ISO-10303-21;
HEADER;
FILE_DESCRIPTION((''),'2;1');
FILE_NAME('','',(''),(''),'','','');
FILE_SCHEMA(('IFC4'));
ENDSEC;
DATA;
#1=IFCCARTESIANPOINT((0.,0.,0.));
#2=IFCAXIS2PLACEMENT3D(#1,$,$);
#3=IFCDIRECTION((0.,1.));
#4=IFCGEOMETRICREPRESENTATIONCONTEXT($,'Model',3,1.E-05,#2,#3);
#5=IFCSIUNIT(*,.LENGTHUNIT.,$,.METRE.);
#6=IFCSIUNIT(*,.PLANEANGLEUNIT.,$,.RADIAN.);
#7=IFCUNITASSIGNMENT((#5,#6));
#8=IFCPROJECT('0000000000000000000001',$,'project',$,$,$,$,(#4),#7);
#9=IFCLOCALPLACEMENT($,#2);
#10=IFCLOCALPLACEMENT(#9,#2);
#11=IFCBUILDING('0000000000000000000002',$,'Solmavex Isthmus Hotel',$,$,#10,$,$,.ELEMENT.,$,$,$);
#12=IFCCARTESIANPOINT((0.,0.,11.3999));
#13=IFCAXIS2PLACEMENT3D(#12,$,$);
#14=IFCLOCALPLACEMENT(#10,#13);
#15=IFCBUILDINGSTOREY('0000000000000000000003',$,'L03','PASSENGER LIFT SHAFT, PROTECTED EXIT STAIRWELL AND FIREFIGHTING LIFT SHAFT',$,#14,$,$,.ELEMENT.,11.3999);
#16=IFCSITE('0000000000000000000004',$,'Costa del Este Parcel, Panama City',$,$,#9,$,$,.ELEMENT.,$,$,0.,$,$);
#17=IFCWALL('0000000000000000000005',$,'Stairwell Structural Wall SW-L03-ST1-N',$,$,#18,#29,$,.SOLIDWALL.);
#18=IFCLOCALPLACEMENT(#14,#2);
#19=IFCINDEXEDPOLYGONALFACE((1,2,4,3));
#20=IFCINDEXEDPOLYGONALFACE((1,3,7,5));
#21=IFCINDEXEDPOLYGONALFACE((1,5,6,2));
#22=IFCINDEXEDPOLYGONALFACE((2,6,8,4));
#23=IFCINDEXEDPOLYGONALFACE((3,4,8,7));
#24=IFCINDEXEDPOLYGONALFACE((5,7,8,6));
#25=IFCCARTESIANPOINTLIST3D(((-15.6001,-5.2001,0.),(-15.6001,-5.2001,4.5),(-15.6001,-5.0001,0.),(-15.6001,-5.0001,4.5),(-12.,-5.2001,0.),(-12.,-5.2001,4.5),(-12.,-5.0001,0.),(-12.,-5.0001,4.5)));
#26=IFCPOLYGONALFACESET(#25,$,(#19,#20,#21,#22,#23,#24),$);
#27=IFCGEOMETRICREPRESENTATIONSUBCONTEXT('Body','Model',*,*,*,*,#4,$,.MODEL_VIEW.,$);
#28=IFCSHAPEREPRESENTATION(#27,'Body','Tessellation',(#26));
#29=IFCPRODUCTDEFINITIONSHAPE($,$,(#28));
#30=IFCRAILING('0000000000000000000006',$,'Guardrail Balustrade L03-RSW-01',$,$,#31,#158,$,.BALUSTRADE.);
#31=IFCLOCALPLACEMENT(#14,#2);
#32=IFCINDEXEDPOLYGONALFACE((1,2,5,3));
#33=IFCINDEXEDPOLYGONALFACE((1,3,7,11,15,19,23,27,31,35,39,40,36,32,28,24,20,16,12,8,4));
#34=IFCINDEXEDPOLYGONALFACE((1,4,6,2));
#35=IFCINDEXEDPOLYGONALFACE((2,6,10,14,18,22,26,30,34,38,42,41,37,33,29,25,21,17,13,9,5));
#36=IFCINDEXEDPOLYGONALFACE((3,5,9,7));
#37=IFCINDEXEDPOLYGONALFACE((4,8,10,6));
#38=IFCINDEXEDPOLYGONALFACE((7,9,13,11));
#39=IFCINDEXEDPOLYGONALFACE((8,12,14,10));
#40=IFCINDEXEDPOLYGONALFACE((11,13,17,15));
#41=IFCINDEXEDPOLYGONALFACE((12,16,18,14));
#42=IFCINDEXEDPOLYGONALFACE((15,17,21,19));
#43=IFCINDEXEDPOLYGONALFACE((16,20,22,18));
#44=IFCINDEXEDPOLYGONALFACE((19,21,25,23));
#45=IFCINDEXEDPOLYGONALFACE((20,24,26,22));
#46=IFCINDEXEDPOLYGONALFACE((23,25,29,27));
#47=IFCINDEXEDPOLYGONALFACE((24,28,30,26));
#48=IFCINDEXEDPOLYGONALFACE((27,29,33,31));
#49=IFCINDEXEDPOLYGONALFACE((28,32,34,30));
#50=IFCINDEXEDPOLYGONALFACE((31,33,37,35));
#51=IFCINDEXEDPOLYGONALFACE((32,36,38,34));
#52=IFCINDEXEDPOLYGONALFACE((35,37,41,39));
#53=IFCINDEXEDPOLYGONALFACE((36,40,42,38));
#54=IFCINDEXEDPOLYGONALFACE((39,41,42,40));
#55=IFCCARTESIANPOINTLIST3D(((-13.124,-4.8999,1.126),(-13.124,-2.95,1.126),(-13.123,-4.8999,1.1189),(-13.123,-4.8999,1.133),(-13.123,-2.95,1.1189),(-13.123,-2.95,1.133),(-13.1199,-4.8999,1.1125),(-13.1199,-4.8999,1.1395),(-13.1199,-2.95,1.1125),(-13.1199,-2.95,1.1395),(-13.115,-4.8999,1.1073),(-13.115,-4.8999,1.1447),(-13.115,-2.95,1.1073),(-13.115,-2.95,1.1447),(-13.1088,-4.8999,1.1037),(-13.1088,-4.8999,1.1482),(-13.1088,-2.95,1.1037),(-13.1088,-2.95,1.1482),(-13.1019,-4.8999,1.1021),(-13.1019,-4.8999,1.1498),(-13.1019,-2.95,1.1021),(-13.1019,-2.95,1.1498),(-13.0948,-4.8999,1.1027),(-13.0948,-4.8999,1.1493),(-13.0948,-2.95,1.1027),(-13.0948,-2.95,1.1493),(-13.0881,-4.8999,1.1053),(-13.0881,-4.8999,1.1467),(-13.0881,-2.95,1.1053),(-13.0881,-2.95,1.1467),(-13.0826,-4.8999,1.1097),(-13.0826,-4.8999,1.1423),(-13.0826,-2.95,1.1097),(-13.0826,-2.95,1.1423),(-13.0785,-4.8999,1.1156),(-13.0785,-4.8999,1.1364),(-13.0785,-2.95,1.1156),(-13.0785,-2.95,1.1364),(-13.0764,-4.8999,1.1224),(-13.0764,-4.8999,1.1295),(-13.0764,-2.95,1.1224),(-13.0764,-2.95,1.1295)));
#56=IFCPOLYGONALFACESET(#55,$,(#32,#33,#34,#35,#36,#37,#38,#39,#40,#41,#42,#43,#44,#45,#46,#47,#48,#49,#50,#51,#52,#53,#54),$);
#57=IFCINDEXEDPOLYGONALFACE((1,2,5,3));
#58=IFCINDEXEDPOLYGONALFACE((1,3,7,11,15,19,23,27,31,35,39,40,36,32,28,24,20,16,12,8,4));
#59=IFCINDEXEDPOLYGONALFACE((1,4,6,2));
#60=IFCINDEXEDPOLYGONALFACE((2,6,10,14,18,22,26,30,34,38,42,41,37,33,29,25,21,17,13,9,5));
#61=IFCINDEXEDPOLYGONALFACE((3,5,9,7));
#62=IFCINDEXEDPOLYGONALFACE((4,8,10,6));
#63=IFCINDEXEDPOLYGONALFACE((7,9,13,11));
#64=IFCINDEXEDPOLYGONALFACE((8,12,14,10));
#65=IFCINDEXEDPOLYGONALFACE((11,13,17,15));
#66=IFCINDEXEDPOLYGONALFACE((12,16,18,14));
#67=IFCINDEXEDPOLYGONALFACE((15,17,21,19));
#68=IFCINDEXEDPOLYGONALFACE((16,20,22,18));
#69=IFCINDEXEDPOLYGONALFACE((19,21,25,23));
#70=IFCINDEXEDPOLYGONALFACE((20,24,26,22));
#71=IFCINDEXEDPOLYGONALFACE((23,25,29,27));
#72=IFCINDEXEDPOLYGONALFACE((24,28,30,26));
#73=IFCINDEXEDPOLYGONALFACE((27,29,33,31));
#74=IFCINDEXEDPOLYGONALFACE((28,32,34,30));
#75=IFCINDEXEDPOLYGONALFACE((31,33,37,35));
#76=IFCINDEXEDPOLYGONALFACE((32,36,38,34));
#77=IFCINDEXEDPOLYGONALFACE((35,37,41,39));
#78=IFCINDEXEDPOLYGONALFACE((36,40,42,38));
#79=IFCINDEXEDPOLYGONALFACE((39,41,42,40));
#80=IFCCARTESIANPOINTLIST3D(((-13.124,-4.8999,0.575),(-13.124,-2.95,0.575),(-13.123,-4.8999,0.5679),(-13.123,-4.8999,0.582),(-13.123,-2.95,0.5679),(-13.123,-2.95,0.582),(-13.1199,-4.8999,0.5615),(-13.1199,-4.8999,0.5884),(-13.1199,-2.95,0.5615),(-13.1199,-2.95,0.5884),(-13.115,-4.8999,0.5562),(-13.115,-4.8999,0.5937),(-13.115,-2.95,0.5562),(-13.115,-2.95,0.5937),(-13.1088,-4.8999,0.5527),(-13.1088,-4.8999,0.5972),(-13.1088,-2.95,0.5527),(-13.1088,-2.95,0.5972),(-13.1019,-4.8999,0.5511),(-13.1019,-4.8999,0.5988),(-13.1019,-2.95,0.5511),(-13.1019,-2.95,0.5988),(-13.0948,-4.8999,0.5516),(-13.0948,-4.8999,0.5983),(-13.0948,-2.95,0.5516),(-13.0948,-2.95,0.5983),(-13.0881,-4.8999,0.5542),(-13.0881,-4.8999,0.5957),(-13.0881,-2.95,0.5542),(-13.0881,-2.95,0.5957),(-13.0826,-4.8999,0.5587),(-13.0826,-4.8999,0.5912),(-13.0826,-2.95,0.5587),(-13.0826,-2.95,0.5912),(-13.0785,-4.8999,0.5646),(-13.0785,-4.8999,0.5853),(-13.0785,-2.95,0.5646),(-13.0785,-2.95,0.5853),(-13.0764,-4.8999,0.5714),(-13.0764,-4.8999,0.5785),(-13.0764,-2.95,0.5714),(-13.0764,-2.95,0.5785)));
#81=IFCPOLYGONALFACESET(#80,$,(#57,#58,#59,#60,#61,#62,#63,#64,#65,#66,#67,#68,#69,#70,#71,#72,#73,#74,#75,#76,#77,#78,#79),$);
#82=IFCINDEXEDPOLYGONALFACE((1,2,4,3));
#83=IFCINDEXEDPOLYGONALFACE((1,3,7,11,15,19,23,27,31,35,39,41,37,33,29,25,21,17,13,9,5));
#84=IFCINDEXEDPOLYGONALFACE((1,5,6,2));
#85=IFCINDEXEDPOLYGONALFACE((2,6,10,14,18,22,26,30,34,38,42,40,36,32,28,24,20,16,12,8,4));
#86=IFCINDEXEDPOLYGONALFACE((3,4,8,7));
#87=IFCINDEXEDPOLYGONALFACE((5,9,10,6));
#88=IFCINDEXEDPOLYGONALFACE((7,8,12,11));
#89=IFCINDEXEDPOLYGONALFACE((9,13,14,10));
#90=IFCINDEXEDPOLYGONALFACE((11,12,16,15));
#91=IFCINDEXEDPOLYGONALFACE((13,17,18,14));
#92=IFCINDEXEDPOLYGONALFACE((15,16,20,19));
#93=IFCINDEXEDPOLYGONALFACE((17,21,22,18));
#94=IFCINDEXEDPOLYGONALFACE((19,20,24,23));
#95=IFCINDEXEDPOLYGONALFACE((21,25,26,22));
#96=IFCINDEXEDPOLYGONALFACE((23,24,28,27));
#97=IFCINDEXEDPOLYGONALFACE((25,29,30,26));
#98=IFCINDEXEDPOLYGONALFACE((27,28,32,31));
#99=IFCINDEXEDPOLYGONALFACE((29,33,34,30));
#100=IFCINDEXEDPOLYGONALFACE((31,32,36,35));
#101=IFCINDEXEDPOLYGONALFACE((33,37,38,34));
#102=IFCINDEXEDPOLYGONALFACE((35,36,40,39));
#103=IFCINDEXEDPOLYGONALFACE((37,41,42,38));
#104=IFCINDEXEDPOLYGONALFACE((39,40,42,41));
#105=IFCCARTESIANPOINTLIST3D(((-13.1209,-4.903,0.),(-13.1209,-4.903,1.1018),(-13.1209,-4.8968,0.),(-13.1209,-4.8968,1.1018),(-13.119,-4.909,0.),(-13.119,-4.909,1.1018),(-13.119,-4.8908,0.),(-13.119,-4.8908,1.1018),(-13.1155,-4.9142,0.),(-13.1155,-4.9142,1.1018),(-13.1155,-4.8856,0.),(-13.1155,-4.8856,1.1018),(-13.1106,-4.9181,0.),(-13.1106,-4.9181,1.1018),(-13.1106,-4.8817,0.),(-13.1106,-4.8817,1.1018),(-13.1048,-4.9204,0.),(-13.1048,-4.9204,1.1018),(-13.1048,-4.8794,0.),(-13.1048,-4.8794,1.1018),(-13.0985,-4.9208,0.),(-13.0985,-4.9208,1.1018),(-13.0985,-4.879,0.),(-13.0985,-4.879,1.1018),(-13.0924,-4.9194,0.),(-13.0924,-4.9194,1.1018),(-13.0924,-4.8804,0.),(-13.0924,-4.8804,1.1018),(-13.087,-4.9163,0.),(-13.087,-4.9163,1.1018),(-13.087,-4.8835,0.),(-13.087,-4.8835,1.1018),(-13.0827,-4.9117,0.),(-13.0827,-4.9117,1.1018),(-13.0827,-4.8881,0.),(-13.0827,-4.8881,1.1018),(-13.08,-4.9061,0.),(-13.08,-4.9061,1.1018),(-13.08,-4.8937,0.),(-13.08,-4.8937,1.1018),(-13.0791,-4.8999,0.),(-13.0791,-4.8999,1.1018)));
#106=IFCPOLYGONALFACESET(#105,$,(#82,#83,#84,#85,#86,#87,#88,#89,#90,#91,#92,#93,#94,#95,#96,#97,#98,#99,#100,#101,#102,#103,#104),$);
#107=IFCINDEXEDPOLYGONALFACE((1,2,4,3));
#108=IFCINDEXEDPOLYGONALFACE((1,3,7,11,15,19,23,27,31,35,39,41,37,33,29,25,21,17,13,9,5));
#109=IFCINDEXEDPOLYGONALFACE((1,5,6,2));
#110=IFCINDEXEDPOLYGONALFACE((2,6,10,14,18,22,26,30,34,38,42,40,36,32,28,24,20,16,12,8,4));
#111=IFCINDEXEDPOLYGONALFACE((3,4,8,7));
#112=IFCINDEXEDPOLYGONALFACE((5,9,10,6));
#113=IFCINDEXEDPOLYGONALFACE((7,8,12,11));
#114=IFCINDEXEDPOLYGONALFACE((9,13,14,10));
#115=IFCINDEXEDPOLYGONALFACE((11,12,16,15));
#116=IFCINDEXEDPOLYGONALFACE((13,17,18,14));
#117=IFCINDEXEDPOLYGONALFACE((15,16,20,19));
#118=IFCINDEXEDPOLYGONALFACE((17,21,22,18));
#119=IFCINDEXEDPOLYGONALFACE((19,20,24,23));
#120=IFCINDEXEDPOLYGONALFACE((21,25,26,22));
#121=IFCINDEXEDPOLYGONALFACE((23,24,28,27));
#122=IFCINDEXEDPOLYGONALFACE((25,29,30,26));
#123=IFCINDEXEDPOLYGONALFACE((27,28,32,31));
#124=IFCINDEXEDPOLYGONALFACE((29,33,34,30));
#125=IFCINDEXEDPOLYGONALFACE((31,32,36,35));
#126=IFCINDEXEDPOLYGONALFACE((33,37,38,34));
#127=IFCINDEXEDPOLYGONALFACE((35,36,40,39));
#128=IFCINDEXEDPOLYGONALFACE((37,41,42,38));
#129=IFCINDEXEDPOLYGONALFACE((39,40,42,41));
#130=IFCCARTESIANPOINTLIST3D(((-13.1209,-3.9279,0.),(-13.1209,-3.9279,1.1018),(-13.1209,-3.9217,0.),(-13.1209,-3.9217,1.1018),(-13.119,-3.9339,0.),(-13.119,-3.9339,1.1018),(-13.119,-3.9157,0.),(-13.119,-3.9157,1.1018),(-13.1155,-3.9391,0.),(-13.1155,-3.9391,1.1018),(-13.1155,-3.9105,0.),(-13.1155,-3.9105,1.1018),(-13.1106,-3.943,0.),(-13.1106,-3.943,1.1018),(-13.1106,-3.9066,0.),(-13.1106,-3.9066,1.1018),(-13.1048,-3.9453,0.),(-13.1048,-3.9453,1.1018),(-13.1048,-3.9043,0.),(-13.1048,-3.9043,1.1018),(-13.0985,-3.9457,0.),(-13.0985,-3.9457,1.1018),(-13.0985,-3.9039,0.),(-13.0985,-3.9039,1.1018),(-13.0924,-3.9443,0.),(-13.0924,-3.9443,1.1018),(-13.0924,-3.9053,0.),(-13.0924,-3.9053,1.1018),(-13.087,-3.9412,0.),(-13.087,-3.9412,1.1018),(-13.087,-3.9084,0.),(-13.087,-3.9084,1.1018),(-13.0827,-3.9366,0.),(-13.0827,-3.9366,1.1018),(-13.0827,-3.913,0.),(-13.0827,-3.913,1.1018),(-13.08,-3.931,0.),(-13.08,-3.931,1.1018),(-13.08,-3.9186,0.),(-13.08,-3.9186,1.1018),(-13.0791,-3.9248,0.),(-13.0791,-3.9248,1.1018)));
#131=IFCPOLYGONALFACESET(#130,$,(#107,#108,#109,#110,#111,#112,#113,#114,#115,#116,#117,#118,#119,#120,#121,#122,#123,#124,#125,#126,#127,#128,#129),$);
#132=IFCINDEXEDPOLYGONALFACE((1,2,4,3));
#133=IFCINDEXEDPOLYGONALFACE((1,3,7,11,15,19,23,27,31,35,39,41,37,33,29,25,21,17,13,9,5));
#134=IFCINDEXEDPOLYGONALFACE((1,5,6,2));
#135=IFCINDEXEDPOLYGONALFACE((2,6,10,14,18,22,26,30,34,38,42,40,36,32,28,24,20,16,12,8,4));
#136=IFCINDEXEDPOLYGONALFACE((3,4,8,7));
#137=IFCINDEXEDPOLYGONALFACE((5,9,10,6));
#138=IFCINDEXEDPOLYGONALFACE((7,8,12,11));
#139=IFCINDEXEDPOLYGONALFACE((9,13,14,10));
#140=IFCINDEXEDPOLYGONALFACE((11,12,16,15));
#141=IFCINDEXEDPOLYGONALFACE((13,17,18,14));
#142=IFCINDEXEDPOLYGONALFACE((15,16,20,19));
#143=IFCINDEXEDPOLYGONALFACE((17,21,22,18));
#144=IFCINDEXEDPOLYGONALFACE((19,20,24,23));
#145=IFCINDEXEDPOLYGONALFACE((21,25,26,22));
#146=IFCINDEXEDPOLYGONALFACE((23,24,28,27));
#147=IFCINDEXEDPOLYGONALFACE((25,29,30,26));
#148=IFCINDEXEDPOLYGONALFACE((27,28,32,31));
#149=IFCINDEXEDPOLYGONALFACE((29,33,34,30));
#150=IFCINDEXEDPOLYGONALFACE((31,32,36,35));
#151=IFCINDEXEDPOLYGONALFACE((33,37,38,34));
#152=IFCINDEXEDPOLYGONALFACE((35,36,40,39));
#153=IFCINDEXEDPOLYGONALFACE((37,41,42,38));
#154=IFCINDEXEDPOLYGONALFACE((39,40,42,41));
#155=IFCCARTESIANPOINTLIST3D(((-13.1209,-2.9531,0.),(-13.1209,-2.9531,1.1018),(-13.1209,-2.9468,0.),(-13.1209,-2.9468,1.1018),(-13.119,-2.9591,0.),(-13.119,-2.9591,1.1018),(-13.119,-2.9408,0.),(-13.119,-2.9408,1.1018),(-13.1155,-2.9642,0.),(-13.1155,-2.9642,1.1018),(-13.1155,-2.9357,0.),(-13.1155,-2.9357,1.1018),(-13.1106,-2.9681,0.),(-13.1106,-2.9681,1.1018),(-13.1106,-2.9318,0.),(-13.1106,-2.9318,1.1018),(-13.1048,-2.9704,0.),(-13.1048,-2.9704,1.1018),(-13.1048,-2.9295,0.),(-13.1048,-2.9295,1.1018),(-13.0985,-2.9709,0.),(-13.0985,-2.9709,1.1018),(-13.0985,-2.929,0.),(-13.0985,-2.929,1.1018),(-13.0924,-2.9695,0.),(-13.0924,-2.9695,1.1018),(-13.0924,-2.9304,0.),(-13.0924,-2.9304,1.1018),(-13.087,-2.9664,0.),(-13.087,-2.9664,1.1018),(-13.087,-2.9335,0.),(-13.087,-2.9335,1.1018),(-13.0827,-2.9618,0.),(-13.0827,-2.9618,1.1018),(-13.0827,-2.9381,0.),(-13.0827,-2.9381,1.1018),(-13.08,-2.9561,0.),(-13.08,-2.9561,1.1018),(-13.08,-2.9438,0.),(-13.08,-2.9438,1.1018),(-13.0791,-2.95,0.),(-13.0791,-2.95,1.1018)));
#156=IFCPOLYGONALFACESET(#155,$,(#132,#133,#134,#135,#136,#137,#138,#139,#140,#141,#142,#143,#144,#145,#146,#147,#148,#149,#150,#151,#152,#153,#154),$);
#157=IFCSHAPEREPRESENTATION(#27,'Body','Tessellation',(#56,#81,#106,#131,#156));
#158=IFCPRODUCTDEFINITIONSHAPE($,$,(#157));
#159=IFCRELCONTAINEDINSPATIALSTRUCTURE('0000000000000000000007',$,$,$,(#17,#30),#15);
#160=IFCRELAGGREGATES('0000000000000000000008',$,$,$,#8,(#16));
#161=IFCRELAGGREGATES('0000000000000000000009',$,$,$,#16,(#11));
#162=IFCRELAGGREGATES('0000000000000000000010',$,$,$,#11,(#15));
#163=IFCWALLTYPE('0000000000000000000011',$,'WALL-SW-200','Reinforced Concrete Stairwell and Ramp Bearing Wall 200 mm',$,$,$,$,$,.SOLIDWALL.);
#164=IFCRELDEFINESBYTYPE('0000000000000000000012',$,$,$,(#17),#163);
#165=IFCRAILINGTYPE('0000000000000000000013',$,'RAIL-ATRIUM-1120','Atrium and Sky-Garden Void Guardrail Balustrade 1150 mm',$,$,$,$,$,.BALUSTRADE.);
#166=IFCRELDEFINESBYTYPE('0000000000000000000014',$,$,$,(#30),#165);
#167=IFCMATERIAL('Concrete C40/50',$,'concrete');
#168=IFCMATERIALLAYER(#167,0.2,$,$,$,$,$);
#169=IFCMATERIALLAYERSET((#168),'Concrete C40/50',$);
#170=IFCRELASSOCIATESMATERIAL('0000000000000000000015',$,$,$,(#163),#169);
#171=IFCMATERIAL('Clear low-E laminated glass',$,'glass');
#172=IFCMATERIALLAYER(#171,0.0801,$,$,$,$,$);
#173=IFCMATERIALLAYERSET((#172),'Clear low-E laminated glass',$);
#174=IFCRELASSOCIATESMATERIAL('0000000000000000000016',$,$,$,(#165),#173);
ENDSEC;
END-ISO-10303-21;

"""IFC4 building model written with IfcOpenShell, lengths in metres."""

from ifc_helpers import new_model, si_unit, direction, frame, frame_2d, origin, origin_2d, place, context, subcontext, project, spatial, rectangle, circle, extrude, material, layer, layer_set, type_object, element, save


model = new_model("IFC4")

# Units and contexts
model_context = context("Model", 3, precision=1e-05, world=origin(), true_north=direction((0.0, 1.0)))
body_context = subcontext(model_context, "Body", "Model", "MODEL_VIEW")
ifc_project = project(units=[si_unit("LENGTHUNIT", "METRE"), si_unit("PLANEANGLEUNIT", "RADIAN")], contexts=[model_context])

# Site, building, storey
site_placement = place(None, origin())
site = spatial("IfcSite", under=ifc_project, at=site_placement, Name="Costa del Este Parcel, Panama City", CompositionType="ELEMENT", RefElevation=0.0)
building_placement = place(site_placement, origin())
building = spatial("IfcBuilding", under=site, at=building_placement, Name="Solmavex Isthmus Hotel", CompositionType="ELEMENT")
storey_placement = place(building_placement, frame((0.0, 0.0, 11.3999)))
storey = spatial("IfcBuildingStorey", under=building, at=storey_placement, Name="L03", Description="PASSENGER LIFT SHAFT, PROTECTED EXIT STAIRWELL AND FIREFIGHTING LIFT SHAFT", CompositionType="ELEMENT", Elevation=11.3999)

# Shared definitions
ifc_material_1 = material(Name="Clear low-E laminated glass", Category="glass")

# Wall
ifc_material_2 = material(Name="Concrete C40/50", Category="concrete")
ifc_layer_1 = layer(ifc_material_2, 0.2)
ifc_layer_set_1 = layer_set([ifc_layer_1], Name="Concrete C40/50")
wall_type_1 = type_object("IfcWallType", Name="WALL-SW-200", Description="Reinforced Concrete Stairwell and Ramp Bearing Wall 200 mm", PredefinedType="SOLIDWALL", material=ifc_layer_set_1)
wall_1_placement = place(storey_placement, frame((-15.6001, -5.1001, 0.0), z_axis=(0.0, 0.0, 1.0), x_axis=(1.0, 0.0, 0.0)))
element("IfcWall", 1, at=wall_1_placement, inside=storey, type_object=wall_type_1, Name="Stairwell Structural Wall SW-L03-ST1-N", PredefinedType="SOLIDWALL", context=body_context, shape_type="SweptSolid", body=[
    extrude(rectangle(XDim=3.6001, YDim=0.2, at=frame_2d((1.8, 0.0))), origin(), (0.0, 0.0, 1.0), 4.5),
])

# Railing
ifc_layer_2 = layer(ifc_material_1, 0.0801)
ifc_layer_set_2 = layer_set([ifc_layer_2], Name="Clear low-E laminated glass")
railing_type = type_object("IfcRailingType", Name="RAIL-ATRIUM-1120", Description="Atrium and Sky-Garden Void Guardrail Balustrade 1150 mm", PredefinedType="BALUSTRADE", material=ifc_layer_set_2)
railing_1_placement = place(storey_placement, frame((-13.1001, -4.8999, 0.0)))
element("IfcRailing", 2, at=railing_1_placement, inside=storey, type_object=railing_type, Name="Guardrail Balustrade L03-RSW-01", PredefinedType="BALUSTRADE", context=body_context, shape_type="SweptSolid", body=[
    extrude(circle(Radius=0.0239, at=origin_2d()), frame((0.0, 0.0, 1.126), z_axis=(0.0, 1.0, 0.0), x_axis=(-1.0, 0.0, 0.0)), (0.0, 0.0, 1.0), 1.95),
    extrude(circle(Radius=0.0239, at=origin_2d()), frame((0.0, 0.0, 0.575), z_axis=(0.0, 1.0, 0.0), x_axis=(-1.0, 0.0, 0.0)), (0.0, 0.0, 1.0), 1.95),
    extrude(circle(Radius=0.021, at=origin_2d()), origin(), (0.0, 0.0, 1.0), 1.1018),
    extrude(circle(Radius=0.021, at=origin_2d()), frame((0.0, 0.9751, 0.0)), (0.0, 0.0, 1.0), 1.1018),
    extrude(circle(Radius=0.021, at=origin_2d()), frame((0.0, 1.95, 0.0)), (0.0, 0.0, 1.0), 1.1018),
])

save(model, "model.ifc")
